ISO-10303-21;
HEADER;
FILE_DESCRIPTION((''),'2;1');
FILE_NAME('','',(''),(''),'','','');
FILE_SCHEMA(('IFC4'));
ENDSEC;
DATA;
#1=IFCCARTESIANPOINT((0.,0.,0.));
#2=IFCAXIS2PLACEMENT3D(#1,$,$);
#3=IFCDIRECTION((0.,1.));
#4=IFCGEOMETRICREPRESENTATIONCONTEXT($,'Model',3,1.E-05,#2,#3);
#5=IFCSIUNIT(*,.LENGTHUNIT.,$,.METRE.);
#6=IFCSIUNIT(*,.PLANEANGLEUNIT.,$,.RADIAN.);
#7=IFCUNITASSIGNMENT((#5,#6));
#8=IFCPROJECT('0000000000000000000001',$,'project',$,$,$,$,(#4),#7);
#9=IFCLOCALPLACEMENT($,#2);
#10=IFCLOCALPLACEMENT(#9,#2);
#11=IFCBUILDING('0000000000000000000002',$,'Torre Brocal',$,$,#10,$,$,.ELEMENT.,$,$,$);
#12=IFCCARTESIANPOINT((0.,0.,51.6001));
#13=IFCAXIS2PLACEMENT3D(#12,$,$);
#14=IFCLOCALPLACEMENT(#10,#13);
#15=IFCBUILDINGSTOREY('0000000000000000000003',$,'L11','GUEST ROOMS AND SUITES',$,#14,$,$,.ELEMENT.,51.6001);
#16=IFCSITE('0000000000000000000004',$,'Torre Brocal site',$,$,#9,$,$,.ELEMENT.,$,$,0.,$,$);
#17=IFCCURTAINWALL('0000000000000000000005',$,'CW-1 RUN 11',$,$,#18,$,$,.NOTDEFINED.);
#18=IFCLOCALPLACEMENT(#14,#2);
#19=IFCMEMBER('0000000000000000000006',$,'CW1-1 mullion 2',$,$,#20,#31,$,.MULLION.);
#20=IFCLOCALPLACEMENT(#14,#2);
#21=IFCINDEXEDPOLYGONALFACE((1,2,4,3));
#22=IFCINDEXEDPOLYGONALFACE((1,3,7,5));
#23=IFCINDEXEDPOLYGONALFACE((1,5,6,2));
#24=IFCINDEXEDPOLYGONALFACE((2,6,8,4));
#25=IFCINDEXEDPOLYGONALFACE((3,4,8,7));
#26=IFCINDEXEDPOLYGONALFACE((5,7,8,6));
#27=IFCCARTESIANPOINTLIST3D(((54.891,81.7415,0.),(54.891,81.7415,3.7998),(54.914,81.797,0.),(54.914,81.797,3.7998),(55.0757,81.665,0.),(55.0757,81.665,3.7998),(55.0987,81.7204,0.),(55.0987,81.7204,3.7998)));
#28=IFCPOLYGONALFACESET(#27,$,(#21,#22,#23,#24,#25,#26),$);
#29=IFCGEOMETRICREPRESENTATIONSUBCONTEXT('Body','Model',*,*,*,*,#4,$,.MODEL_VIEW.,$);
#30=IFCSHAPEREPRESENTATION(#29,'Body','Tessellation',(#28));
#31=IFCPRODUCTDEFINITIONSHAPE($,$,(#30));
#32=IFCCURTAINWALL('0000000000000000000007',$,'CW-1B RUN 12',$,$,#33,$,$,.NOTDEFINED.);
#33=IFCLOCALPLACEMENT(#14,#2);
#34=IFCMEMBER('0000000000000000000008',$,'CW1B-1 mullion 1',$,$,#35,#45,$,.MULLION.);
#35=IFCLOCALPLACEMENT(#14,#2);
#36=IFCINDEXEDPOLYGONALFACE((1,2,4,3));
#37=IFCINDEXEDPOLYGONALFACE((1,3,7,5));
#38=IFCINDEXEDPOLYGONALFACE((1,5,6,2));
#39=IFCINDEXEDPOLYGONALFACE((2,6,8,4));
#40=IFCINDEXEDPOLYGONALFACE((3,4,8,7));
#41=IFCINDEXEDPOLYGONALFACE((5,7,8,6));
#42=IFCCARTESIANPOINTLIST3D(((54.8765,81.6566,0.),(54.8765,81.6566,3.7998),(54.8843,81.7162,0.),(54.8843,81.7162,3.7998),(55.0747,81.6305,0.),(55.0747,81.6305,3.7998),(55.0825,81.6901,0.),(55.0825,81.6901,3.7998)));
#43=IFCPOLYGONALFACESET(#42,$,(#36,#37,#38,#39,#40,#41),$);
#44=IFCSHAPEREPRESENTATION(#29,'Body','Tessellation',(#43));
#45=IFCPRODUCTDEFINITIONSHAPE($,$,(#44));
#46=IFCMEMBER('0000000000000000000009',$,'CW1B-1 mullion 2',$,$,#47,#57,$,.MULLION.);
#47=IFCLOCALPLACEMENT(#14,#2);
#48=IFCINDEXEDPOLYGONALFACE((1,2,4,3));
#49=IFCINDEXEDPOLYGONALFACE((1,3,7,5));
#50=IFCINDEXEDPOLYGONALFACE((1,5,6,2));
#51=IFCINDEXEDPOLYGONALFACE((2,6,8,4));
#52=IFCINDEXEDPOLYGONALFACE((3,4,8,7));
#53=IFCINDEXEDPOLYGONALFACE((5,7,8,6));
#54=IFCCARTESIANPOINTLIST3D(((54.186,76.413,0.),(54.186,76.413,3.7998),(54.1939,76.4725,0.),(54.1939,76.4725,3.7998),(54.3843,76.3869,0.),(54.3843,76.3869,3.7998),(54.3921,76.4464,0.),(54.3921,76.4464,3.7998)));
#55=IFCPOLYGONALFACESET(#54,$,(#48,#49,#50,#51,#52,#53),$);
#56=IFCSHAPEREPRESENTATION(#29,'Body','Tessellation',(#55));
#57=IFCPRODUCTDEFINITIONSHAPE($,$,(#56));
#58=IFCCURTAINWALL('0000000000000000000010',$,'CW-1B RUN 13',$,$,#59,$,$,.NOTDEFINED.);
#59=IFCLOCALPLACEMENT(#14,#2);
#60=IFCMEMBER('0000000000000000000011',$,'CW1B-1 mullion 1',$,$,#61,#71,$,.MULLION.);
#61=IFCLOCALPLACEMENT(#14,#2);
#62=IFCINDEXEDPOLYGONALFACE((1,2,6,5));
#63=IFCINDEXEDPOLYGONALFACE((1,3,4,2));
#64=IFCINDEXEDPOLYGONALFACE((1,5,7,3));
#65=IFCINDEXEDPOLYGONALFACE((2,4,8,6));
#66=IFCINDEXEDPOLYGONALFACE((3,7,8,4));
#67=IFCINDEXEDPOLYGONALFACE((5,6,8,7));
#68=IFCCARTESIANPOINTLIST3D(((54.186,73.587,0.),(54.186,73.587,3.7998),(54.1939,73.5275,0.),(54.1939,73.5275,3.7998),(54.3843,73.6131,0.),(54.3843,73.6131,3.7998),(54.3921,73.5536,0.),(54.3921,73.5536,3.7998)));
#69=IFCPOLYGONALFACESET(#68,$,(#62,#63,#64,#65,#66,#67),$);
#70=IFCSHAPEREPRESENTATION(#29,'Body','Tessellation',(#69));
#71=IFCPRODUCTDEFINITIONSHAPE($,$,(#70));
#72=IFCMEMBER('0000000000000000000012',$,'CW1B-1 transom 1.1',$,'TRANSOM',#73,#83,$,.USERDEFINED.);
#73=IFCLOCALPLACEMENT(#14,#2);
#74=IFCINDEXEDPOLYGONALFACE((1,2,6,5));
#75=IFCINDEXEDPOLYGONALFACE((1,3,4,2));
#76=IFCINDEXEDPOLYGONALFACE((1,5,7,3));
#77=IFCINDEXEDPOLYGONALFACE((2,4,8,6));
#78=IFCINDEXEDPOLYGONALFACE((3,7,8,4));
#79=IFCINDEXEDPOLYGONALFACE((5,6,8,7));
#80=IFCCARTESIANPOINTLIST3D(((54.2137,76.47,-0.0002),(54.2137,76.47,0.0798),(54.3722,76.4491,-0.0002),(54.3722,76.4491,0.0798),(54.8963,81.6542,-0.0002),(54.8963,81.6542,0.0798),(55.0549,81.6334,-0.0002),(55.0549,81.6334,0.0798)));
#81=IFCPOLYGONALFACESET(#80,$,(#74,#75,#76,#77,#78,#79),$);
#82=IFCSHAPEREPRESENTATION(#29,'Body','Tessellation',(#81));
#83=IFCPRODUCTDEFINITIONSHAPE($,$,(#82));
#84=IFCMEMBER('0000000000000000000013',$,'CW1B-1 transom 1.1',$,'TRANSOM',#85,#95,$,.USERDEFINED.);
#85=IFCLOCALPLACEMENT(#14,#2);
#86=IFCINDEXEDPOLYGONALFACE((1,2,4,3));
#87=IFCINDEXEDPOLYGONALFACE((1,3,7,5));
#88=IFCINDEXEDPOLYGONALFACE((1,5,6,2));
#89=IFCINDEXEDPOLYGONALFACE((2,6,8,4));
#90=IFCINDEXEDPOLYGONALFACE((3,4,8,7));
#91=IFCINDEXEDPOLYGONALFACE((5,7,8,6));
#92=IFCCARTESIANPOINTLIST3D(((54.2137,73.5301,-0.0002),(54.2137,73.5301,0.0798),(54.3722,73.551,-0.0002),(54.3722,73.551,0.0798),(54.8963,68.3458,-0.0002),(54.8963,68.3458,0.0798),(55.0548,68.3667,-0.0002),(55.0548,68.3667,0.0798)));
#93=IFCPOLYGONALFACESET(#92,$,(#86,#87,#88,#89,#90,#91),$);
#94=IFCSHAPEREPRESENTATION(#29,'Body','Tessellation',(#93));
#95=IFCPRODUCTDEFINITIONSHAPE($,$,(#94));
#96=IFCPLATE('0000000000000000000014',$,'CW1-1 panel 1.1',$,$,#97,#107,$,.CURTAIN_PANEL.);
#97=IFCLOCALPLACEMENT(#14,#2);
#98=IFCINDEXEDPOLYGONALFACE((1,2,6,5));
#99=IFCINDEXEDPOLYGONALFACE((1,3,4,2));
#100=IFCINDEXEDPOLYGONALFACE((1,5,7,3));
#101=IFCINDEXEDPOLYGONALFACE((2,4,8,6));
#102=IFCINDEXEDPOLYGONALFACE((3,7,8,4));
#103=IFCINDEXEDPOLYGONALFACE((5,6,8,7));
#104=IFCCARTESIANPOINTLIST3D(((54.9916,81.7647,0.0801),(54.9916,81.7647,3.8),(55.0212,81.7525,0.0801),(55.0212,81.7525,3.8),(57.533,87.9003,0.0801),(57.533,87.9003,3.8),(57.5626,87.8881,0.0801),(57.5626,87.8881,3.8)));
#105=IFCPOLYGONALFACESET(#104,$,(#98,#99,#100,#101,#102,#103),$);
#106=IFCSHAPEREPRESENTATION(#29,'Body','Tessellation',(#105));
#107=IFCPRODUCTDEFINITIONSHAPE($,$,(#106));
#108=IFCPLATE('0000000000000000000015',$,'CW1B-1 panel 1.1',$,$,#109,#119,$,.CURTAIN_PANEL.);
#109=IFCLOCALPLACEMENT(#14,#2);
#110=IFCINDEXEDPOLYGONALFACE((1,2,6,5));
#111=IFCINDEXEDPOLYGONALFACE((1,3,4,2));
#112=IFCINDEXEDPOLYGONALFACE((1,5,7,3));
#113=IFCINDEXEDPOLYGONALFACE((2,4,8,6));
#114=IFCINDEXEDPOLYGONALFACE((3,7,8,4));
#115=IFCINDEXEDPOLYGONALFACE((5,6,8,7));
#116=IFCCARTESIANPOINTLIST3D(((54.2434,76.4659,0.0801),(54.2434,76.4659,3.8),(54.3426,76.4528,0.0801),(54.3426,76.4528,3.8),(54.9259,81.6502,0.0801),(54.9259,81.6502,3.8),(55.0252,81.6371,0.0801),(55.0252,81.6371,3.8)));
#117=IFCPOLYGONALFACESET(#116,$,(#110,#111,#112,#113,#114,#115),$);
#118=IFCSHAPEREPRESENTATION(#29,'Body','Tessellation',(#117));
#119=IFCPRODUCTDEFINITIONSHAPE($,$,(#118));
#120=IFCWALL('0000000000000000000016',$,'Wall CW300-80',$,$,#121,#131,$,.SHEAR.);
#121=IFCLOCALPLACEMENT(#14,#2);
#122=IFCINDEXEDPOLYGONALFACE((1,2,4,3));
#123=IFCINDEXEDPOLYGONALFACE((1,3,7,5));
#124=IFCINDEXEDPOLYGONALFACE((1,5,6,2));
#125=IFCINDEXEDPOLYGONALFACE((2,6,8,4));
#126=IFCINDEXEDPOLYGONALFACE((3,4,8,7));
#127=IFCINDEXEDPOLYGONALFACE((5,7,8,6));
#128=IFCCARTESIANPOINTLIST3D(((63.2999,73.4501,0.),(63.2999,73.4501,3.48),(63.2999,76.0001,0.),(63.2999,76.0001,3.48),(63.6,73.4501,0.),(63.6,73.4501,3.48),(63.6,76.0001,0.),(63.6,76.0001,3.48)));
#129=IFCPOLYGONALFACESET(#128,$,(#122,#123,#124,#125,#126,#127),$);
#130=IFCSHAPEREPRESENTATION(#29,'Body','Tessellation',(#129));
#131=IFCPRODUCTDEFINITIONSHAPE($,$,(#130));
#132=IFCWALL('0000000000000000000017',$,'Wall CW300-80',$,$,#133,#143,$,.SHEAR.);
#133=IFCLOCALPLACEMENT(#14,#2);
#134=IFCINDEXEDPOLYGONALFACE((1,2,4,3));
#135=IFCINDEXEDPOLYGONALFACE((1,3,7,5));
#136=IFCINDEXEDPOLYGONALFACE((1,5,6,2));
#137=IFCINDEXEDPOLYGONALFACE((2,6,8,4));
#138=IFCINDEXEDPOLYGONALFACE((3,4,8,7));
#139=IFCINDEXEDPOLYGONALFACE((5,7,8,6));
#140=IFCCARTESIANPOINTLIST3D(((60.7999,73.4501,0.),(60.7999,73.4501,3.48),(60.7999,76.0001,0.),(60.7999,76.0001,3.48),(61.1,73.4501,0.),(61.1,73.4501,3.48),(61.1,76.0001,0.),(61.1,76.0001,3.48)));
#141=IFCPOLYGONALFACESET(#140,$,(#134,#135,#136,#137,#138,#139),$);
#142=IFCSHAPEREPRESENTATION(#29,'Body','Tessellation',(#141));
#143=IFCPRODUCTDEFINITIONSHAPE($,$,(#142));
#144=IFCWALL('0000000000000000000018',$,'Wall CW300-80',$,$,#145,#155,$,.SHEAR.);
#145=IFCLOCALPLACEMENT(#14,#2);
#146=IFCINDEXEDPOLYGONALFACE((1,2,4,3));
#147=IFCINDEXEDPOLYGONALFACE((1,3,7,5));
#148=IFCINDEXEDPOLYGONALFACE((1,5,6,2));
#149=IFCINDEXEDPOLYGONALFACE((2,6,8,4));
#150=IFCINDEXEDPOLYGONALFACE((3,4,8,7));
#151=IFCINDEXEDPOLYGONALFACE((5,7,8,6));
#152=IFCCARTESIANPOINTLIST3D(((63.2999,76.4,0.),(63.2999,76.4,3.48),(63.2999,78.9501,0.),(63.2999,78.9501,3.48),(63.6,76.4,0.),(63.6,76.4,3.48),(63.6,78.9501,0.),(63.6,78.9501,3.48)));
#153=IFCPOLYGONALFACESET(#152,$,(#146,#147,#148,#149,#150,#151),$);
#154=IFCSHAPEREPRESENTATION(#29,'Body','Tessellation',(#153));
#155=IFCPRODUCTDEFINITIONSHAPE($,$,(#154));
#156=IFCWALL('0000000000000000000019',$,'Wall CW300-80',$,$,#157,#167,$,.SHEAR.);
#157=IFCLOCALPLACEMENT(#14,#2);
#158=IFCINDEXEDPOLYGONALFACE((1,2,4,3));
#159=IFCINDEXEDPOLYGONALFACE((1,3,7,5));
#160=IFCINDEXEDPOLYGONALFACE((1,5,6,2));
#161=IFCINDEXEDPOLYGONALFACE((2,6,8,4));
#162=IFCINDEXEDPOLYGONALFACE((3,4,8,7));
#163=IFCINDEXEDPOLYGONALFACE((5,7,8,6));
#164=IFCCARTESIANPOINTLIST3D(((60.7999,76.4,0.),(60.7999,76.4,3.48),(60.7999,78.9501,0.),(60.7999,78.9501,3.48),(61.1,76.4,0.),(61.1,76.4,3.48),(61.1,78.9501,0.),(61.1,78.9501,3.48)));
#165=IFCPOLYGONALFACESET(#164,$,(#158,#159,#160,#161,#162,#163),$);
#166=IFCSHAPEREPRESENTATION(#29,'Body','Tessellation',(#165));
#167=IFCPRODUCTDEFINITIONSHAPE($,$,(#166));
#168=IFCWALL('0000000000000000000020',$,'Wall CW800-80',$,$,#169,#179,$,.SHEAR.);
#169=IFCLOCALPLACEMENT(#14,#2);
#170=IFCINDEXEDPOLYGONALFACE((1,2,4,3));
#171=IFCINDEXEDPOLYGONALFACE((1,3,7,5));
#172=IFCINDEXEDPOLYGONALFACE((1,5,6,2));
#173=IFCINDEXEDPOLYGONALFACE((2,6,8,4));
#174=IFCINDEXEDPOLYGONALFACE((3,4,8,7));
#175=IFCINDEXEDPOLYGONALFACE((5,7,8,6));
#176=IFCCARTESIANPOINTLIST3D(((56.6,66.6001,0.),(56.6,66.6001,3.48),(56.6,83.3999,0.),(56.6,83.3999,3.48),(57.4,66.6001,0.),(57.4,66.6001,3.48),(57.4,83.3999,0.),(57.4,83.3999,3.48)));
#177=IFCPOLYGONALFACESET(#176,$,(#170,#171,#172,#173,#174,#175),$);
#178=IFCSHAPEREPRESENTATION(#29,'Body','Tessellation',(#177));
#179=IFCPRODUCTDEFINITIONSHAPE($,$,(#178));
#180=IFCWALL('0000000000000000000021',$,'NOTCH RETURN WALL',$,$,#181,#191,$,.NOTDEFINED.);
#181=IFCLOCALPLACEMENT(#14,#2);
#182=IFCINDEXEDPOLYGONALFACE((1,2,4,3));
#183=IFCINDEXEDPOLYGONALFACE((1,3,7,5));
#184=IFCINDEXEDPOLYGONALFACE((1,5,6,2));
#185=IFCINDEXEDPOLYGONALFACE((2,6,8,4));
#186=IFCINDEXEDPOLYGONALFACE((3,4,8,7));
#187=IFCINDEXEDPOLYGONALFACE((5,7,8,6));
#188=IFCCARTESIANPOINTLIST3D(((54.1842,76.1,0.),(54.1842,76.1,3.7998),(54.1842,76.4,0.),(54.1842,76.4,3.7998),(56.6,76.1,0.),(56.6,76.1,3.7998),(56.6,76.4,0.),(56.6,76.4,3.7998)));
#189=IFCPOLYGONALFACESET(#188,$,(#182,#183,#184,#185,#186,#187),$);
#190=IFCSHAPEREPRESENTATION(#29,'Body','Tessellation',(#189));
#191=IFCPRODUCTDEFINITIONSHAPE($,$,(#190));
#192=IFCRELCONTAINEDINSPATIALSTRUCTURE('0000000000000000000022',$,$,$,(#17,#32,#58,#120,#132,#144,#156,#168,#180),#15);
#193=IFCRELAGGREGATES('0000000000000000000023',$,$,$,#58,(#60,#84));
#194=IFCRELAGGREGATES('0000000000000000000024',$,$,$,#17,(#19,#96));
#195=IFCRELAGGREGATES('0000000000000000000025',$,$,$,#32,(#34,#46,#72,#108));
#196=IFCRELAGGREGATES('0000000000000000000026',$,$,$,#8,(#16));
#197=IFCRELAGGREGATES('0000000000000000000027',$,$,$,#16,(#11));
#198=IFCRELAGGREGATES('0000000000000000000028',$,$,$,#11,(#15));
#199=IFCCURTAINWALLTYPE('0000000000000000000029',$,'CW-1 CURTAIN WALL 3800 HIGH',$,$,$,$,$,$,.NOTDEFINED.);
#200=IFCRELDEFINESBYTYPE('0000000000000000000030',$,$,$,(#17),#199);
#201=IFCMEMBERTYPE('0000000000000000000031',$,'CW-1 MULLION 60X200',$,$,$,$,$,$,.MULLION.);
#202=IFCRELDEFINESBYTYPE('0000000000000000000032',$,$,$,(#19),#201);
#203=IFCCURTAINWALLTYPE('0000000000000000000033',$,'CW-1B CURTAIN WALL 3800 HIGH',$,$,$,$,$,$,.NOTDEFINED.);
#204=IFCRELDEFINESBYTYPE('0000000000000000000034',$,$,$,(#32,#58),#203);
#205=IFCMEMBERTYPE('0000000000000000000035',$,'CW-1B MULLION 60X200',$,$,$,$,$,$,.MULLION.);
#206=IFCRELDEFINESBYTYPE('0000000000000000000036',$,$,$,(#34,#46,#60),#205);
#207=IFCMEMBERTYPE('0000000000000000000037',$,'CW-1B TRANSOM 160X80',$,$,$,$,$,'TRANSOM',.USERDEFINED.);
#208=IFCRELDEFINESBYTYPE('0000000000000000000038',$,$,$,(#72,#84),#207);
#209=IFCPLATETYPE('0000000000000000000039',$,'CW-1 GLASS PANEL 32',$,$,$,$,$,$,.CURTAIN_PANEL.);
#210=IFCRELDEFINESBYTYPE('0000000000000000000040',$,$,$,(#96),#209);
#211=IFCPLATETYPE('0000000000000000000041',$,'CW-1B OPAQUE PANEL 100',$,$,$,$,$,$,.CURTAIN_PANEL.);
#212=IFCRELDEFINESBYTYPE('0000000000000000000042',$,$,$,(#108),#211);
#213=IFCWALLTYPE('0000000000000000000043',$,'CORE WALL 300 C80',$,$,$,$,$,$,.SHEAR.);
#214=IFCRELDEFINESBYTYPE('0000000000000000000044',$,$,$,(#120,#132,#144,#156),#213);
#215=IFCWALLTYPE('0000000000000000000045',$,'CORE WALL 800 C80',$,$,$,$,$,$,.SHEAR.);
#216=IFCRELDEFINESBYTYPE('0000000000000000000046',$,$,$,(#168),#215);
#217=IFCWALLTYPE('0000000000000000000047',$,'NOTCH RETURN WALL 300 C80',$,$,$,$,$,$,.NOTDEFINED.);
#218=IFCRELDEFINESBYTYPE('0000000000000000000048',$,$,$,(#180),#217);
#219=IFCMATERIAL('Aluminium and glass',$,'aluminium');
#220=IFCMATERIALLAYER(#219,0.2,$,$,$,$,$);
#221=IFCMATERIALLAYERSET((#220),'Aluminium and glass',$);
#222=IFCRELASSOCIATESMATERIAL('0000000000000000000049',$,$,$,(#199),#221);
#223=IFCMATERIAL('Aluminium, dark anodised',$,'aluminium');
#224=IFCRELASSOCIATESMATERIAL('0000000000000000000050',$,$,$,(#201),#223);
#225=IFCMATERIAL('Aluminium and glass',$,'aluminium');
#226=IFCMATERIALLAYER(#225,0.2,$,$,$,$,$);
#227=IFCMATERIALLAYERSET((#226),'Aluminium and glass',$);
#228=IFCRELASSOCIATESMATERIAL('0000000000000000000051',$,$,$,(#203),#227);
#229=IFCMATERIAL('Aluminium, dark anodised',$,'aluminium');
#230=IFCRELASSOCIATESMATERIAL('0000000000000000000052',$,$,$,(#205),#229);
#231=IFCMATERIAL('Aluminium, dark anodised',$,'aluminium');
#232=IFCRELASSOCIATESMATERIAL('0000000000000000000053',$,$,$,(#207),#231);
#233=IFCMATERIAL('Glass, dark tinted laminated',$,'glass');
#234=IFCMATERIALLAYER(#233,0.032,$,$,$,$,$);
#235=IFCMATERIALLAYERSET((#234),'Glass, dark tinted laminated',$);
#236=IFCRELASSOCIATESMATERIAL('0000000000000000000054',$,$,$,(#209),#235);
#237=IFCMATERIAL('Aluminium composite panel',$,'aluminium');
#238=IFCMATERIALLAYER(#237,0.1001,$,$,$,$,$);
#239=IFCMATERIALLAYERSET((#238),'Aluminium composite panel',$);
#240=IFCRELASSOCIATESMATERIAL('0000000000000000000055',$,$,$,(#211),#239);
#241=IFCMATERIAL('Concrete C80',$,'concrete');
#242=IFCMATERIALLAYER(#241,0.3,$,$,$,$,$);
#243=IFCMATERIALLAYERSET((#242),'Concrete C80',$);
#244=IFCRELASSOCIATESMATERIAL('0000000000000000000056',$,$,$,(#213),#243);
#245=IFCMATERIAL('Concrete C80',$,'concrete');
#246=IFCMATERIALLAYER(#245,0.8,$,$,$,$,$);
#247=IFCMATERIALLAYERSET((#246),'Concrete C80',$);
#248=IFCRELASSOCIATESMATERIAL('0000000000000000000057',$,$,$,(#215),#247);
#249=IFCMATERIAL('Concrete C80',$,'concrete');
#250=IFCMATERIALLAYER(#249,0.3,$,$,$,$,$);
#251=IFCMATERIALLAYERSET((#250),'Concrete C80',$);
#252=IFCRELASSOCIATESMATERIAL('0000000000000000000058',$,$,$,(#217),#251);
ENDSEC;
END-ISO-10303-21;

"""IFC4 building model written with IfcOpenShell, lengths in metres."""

from ifc_helpers import new_model, si_unit, direction, frame, frame_2d, origin, origin_2d, place, context, subcontext, project, spatial, rectangle, extrude, material, layer, layer_set, material_profile, profile_set, type_object, element, aggregate, save


model = new_model("IFC4")

# Units and contexts
model_context = context("Model", 3, precision=1e-05, world=origin(), true_north=direction((0.0, 1.0)))
body_context = subcontext(model_context, "Body", "Model", "MODEL_VIEW")
ifc_project = project(units=[si_unit("LENGTHUNIT", "METRE"), si_unit("PLANEANGLEUNIT", "RADIAN")], contexts=[model_context])

# Site, building, storey
site_placement = place(None, origin())
site = spatial("IfcSite", under=ifc_project, at=site_placement, Name="Torre Brocal site", CompositionType="ELEMENT", RefElevation=0.0)
building_placement = place(site_placement, origin())
building = spatial("IfcBuilding", under=site, at=building_placement, Name="Torre Brocal", CompositionType="ELEMENT")
storey_placement = place(building_placement, frame((0.0, 0.0, 51.6001)))
storey = spatial("IfcBuildingStorey", under=building, at=storey_placement, Name="L11", Description="GUEST ROOMS AND SUITES", CompositionType="ELEMENT", Elevation=51.6001)

# Curtain wall, member
ifc_material_1 = material(Name="Aluminium and glass", Category="aluminium")
ifc_layer_1 = layer(ifc_material_1, 0.2)
ifc_layer_set_1 = layer_set([ifc_layer_1], Name="Aluminium and glass")
curtain_wall_type_1 = type_object("IfcCurtainWallType", Name="CW-1 CURTAIN WALL 3800 HIGH", PredefinedType="NOTDEFINED", material=ifc_layer_set_1)
curtain_wall_1_placement = place(storey_placement, origin())
curtain_wall_1 = element("IfcCurtainWall", 1, at=curtain_wall_1_placement, inside=storey, type_object=curtain_wall_type_1, Name="CW-1 RUN 11", PredefinedType="NOTDEFINED")
ifc_material_2 = material(Name="Aluminium, dark anodised", Category="aluminium")
ifc_material_profile_1 = material_profile(ifc_material_2, rectangle(XDim=0.2, YDim=0.0601, at=origin_2d()), Name="CW-1 MULLION 60X200")
ifc_profile_set_1 = profile_set([ifc_material_profile_1], Name="Aluminium, dark anodised")
member_type_1 = type_object("IfcMemberType", Name="CW-1 MULLION 60X200", PredefinedType="MULLION", material=ifc_profile_set_1)
member_1_placement = place(storey_placement, frame((54.9949, 81.731, 0.0), z_axis=(0.0, 0.0, 1.0), x_axis=(0.92388, -0.382683, 0.0)))
member_1 = element("IfcMember", 2, at=member_1_placement, type_object=member_type_1, Name="CW1-1 mullion 2", PredefinedType="MULLION", context=body_context, shape_type="SweptSolid", body=[
    extrude(rectangle(XDim=0.2, YDim=0.0601, at=origin_2d()), origin(), (0.0, 0.0, 1.0), 3.7998),
])

# Curtain wall, members
ifc_material_3 = material(Name="Aluminium and glass", Category="aluminium")
ifc_layer_2 = layer(ifc_material_3, 0.2)
ifc_layer_set_2 = layer_set([ifc_layer_2], Name="Aluminium and glass")
curtain_wall_type_2 = type_object("IfcCurtainWallType", Name="CW-1B CURTAIN WALL 3800 HIGH", PredefinedType="NOTDEFINED", material=ifc_layer_set_2)
curtain_wall_2_placement = place(storey_placement, origin())
curtain_wall_2 = element("IfcCurtainWall", 3, at=curtain_wall_2_placement, inside=storey, type_object=curtain_wall_type_2, Name="CW-1B RUN 12", PredefinedType="NOTDEFINED")
ifc_material_4 = material(Name="Aluminium, dark anodised", Category="aluminium")
ifc_material_profile_2 = material_profile(ifc_material_4, rectangle(XDim=0.2, YDim=0.0601, at=origin_2d()), Name="CW-1B MULLION 60X200")
ifc_profile_set_2 = profile_set([ifc_material_profile_2], Name="Aluminium, dark anodised")
member_type_2 = type_object("IfcMemberType", Name="CW-1B MULLION 60X200", PredefinedType="MULLION", material=ifc_profile_set_2)
member_2_placement = place(storey_placement, frame((54.9795, 81.6733, 0.0), z_axis=(0.0, 0.0, 1.0), x_axis=(0.991445, -0.130526, 0.0)))
member_2 = element("IfcMember", 4, at=member_2_placement, type_object=member_type_2, Name="CW1B-1 mullion 1", PredefinedType="MULLION", context=body_context, shape_type="SweptSolid", body=[
    extrude(rectangle(XDim=0.2, YDim=0.0601, at=origin_2d()), origin(), (0.0, 0.0, 1.0), 3.7998),
])
member_3_placement = place(storey_placement, frame((54.2891, 76.4297, 0.0), z_axis=(0.0, 0.0, 1.0), x_axis=(0.991445, -0.130526, 0.0)))
member_3 = element("IfcMember", 5, at=member_3_placement, type_object=member_type_2, Name="CW1B-1 mullion 2", PredefinedType="MULLION", context=body_context, shape_type="SweptSolid", body=[
    extrude(rectangle(XDim=0.2, YDim=0.0601, at=origin_2d()), origin(), (0.0, 0.0, 1.0), 3.7998),
])

# Curtain wall, member
curtain_wall_3_placement = place(storey_placement, origin())
curtain_wall_3 = element("IfcCurtainWall", 6, at=curtain_wall_3_placement, inside=storey, type_object=curtain_wall_type_2, Name="CW-1B RUN 13", PredefinedType="NOTDEFINED")
member_4_placement = place(storey_placement, frame((54.2891, 73.5703, 0.0), z_axis=(0.0, 0.0, 1.0), x_axis=(0.991445, 0.130526, 0.0)))
member_4 = element("IfcMember", 7, at=member_4_placement, type_object=member_type_2, Name="CW1B-1 mullion 1", PredefinedType="MULLION", context=body_context, shape_type="SweptSolid", body=[
    extrude(rectangle(XDim=0.2, YDim=0.0601, at=origin_2d()), origin(), (0.0, 0.0, 1.0), 3.7998),
])

# Members
ifc_material_5 = material(Name="Aluminium, dark anodised", Category="aluminium")
ifc_material_profile_3 = material_profile(ifc_material_5, rectangle(XDim=0.1599, YDim=0.0801, at=origin_2d()), Name="CW-1B TRANSOM 160X80")
ifc_profile_set_3 = profile_set([ifc_material_profile_3], Name="Aluminium, dark anodised")
member_type_3 = type_object("IfcMemberType", Name="CW-1B TRANSOM 160X80", ElementType="TRANSOM", PredefinedType="USERDEFINED", material=ifc_profile_set_3)
member_5_placement = place(storey_placement, frame((54.9756, 81.6438, 0.0398), z_axis=(-0.130543, -0.991443, 0.0), x_axis=(0.991443, -0.130543, 0.0)))
member_5 = element("IfcMember", 8, at=member_5_placement, type_object=member_type_3, Name="CW1B-1 transom 1.1", ObjectType="TRANSOM", PredefinedType="USERDEFINED", context=body_context, shape_type="SweptSolid", body=[
    extrude(rectangle(XDim=0.1599, YDim=0.0801, at=origin_2d()), origin(), (0.0, 0.0, 1.0), 5.229),
])
member_6_placement = place(storey_placement, frame((54.293, 73.5405, 0.0398), z_axis=(0.130543, -0.991443, 0.0), x_axis=(0.991443, 0.130543, 0.0)))
member_6 = element("IfcMember", 9, at=member_6_placement, type_object=member_type_3, Name="CW1B-1 transom 1.1", ObjectType="TRANSOM", PredefinedType="USERDEFINED", context=body_context, shape_type="SweptSolid", body=[
    extrude(rectangle(XDim=0.1599, YDim=0.0801, at=origin_2d()), origin(), (0.0, 0.0, 1.0), 5.229),
])
aggregate(curtain_wall_3, [member_4, member_6])

# Plates
ifc_material_6 = material(Name="Glass, dark tinted laminated", Category="glass")
ifc_layer_3 = layer(ifc_material_6, 0.032)
ifc_layer_set_3 = layer_set([ifc_layer_3], Name="Glass, dark tinted laminated")
plate_type_1 = type_object("IfcPlateType", Name="CW-1 GLASS PANEL 32", PredefinedType="CURTAIN_PANEL", material=ifc_layer_set_3)
plate_1_placement = place(storey_placement, frame((56.2771, 84.8264, 0.0801), z_axis=(0.0, 0.0, 1.0), x_axis=(-0.382683, -0.92388, 0.0)))
plate_1 = element("IfcPlate", 10, at=plate_1_placement, type_object=plate_type_1, Name="CW1-1 panel 1.1", PredefinedType="CURTAIN_PANEL", context=body_context, shape_type="SweptSolid", body=[
    extrude(rectangle(XDim=6.6411, YDim=0.032, at=origin_2d()), origin(), (0.0, 0.0, 1.0), 3.72),
])
aggregate(curtain_wall_1, [member_1, plate_1])
ifc_material_7 = material(Name="Aluminium composite panel", Category="aluminium")
ifc_layer_4 = layer(ifc_material_7, 0.1001)
ifc_layer_set_4 = layer_set([ifc_layer_4], Name="Aluminium composite panel")
plate_type_2 = type_object("IfcPlateType", Name="CW-1B OPAQUE PANEL 100", PredefinedType="CURTAIN_PANEL", material=ifc_layer_set_4)
plate_2_placement = place(storey_placement, frame((54.6343, 79.0515, 0.0801), z_axis=(0.0, 0.0, 1.0), x_axis=(-0.130526, -0.991445, 0.0)))
plate_2 = element("IfcPlate", 11, at=plate_2_placement, type_object=plate_type_2, Name="CW1B-1 panel 1.1", PredefinedType="CURTAIN_PANEL", context=body_context, shape_type="SweptSolid", body=[
    extrude(rectangle(XDim=5.229, YDim=0.1001, at=origin_2d()), origin(), (0.0, 0.0, 1.0), 3.72),
])
aggregate(curtain_wall_2, [member_2, member_3, member_5, plate_2])

# Walls
ifc_material_8 = material(Name="Concrete C80", Category="concrete")
ifc_layer_5 = layer(ifc_material_8, 0.3)
ifc_layer_set_5 = layer_set([ifc_layer_5], Name="Concrete C80")
wall_type_1 = type_object("IfcWallType", Name="CORE WALL 300 C80", PredefinedType="SHEAR", material=ifc_layer_set_5)
for number, where, z_axis, x_axis, name in (
    (12, (63.45, 76.0, 0.0), (0.0, 0.0, 1.0), (0.0, -1.0, 0.0), "Wall CW300-80"),
    (13, (60.95, 76.0, 0.0), (0.0, 0.0, 1.0), (0.0, -1.0, 0.0), "Wall CW300-80"),
    (14, (63.45, 78.95, 0.0), (0.0, 0.0, 1.0), (0.0, -1.0, 0.0), "Wall CW300-80"),
    (15, (60.95, 78.95, 0.0), (0.0, 0.0, 1.0), (0.0, -1.0, 0.0), "Wall CW300-80"),
):
    element("IfcWall", number, at=place(storey_placement, frame(where, z_axis=z_axis, x_axis=x_axis)), inside=storey, type_object=wall_type_1, Name=name, PredefinedType="SHEAR", context=body_context, shape_type="SweptSolid", body=[
        extrude(rectangle(XDim=2.55, YDim=0.3, at=frame_2d((1.2749, 0.0))), origin(), (0.0, 0.0, 1.0), 3.48),
    ])
ifc_material_9 = material(Name="Concrete C80", Category="concrete")
ifc_layer_6 = layer(ifc_material_9, 0.8)
ifc_layer_set_6 = layer_set([ifc_layer_6], Name="Concrete C80")
wall_type_2 = type_object("IfcWallType", Name="CORE WALL 800 C80", PredefinedType="SHEAR", material=ifc_layer_set_6)
wall_1_placement = place(storey_placement, frame((57.0, 83.3999, 0.0), z_axis=(0.0, 0.0, 1.0), x_axis=(0.0, -1.0, 0.0)))
element("IfcWall", 16, at=wall_1_placement, inside=storey, type_object=wall_type_2, Name="Wall CW800-80", PredefinedType="SHEAR", context=body_context, shape_type="SweptSolid", body=[
    extrude(rectangle(XDim=16.7998, YDim=0.8, at=frame_2d((8.3999, 0.0))), origin(), (0.0, 0.0, 1.0), 3.48),
])
ifc_material_10 = material(Name="Concrete C80", Category="concrete")
ifc_layer_7 = layer(ifc_material_10, 0.3)
ifc_layer_set_7 = layer_set([ifc_layer_7], Name="Concrete C80")
wall_type_3 = type_object("IfcWallType", Name="NOTCH RETURN WALL 300 C80", PredefinedType="NOTDEFINED", material=ifc_layer_set_7)
for number, where, z_axis, x_axis, name in (
    (17, (56.6001, 76.25, 0.0), (0.0, 0.0, 1.0), (-1.0, 0.0, 0.0), "NOTCH RETURN WALL"),
):
    element("IfcWall", number, at=place(storey_placement, frame(where, z_axis=z_axis, x_axis=x_axis)), inside=storey, type_object=wall_type_3, Name=name, PredefinedType="NOTDEFINED", context=body_context, shape_type="SweptSolid", body=[
        extrude(rectangle(XDim=2.4158, YDim=0.3, at=frame_2d((1.208, 0.0))), origin(), (0.0, 0.0, 1.0), 3.7998),
    ])

save(model, "model.ifc")
